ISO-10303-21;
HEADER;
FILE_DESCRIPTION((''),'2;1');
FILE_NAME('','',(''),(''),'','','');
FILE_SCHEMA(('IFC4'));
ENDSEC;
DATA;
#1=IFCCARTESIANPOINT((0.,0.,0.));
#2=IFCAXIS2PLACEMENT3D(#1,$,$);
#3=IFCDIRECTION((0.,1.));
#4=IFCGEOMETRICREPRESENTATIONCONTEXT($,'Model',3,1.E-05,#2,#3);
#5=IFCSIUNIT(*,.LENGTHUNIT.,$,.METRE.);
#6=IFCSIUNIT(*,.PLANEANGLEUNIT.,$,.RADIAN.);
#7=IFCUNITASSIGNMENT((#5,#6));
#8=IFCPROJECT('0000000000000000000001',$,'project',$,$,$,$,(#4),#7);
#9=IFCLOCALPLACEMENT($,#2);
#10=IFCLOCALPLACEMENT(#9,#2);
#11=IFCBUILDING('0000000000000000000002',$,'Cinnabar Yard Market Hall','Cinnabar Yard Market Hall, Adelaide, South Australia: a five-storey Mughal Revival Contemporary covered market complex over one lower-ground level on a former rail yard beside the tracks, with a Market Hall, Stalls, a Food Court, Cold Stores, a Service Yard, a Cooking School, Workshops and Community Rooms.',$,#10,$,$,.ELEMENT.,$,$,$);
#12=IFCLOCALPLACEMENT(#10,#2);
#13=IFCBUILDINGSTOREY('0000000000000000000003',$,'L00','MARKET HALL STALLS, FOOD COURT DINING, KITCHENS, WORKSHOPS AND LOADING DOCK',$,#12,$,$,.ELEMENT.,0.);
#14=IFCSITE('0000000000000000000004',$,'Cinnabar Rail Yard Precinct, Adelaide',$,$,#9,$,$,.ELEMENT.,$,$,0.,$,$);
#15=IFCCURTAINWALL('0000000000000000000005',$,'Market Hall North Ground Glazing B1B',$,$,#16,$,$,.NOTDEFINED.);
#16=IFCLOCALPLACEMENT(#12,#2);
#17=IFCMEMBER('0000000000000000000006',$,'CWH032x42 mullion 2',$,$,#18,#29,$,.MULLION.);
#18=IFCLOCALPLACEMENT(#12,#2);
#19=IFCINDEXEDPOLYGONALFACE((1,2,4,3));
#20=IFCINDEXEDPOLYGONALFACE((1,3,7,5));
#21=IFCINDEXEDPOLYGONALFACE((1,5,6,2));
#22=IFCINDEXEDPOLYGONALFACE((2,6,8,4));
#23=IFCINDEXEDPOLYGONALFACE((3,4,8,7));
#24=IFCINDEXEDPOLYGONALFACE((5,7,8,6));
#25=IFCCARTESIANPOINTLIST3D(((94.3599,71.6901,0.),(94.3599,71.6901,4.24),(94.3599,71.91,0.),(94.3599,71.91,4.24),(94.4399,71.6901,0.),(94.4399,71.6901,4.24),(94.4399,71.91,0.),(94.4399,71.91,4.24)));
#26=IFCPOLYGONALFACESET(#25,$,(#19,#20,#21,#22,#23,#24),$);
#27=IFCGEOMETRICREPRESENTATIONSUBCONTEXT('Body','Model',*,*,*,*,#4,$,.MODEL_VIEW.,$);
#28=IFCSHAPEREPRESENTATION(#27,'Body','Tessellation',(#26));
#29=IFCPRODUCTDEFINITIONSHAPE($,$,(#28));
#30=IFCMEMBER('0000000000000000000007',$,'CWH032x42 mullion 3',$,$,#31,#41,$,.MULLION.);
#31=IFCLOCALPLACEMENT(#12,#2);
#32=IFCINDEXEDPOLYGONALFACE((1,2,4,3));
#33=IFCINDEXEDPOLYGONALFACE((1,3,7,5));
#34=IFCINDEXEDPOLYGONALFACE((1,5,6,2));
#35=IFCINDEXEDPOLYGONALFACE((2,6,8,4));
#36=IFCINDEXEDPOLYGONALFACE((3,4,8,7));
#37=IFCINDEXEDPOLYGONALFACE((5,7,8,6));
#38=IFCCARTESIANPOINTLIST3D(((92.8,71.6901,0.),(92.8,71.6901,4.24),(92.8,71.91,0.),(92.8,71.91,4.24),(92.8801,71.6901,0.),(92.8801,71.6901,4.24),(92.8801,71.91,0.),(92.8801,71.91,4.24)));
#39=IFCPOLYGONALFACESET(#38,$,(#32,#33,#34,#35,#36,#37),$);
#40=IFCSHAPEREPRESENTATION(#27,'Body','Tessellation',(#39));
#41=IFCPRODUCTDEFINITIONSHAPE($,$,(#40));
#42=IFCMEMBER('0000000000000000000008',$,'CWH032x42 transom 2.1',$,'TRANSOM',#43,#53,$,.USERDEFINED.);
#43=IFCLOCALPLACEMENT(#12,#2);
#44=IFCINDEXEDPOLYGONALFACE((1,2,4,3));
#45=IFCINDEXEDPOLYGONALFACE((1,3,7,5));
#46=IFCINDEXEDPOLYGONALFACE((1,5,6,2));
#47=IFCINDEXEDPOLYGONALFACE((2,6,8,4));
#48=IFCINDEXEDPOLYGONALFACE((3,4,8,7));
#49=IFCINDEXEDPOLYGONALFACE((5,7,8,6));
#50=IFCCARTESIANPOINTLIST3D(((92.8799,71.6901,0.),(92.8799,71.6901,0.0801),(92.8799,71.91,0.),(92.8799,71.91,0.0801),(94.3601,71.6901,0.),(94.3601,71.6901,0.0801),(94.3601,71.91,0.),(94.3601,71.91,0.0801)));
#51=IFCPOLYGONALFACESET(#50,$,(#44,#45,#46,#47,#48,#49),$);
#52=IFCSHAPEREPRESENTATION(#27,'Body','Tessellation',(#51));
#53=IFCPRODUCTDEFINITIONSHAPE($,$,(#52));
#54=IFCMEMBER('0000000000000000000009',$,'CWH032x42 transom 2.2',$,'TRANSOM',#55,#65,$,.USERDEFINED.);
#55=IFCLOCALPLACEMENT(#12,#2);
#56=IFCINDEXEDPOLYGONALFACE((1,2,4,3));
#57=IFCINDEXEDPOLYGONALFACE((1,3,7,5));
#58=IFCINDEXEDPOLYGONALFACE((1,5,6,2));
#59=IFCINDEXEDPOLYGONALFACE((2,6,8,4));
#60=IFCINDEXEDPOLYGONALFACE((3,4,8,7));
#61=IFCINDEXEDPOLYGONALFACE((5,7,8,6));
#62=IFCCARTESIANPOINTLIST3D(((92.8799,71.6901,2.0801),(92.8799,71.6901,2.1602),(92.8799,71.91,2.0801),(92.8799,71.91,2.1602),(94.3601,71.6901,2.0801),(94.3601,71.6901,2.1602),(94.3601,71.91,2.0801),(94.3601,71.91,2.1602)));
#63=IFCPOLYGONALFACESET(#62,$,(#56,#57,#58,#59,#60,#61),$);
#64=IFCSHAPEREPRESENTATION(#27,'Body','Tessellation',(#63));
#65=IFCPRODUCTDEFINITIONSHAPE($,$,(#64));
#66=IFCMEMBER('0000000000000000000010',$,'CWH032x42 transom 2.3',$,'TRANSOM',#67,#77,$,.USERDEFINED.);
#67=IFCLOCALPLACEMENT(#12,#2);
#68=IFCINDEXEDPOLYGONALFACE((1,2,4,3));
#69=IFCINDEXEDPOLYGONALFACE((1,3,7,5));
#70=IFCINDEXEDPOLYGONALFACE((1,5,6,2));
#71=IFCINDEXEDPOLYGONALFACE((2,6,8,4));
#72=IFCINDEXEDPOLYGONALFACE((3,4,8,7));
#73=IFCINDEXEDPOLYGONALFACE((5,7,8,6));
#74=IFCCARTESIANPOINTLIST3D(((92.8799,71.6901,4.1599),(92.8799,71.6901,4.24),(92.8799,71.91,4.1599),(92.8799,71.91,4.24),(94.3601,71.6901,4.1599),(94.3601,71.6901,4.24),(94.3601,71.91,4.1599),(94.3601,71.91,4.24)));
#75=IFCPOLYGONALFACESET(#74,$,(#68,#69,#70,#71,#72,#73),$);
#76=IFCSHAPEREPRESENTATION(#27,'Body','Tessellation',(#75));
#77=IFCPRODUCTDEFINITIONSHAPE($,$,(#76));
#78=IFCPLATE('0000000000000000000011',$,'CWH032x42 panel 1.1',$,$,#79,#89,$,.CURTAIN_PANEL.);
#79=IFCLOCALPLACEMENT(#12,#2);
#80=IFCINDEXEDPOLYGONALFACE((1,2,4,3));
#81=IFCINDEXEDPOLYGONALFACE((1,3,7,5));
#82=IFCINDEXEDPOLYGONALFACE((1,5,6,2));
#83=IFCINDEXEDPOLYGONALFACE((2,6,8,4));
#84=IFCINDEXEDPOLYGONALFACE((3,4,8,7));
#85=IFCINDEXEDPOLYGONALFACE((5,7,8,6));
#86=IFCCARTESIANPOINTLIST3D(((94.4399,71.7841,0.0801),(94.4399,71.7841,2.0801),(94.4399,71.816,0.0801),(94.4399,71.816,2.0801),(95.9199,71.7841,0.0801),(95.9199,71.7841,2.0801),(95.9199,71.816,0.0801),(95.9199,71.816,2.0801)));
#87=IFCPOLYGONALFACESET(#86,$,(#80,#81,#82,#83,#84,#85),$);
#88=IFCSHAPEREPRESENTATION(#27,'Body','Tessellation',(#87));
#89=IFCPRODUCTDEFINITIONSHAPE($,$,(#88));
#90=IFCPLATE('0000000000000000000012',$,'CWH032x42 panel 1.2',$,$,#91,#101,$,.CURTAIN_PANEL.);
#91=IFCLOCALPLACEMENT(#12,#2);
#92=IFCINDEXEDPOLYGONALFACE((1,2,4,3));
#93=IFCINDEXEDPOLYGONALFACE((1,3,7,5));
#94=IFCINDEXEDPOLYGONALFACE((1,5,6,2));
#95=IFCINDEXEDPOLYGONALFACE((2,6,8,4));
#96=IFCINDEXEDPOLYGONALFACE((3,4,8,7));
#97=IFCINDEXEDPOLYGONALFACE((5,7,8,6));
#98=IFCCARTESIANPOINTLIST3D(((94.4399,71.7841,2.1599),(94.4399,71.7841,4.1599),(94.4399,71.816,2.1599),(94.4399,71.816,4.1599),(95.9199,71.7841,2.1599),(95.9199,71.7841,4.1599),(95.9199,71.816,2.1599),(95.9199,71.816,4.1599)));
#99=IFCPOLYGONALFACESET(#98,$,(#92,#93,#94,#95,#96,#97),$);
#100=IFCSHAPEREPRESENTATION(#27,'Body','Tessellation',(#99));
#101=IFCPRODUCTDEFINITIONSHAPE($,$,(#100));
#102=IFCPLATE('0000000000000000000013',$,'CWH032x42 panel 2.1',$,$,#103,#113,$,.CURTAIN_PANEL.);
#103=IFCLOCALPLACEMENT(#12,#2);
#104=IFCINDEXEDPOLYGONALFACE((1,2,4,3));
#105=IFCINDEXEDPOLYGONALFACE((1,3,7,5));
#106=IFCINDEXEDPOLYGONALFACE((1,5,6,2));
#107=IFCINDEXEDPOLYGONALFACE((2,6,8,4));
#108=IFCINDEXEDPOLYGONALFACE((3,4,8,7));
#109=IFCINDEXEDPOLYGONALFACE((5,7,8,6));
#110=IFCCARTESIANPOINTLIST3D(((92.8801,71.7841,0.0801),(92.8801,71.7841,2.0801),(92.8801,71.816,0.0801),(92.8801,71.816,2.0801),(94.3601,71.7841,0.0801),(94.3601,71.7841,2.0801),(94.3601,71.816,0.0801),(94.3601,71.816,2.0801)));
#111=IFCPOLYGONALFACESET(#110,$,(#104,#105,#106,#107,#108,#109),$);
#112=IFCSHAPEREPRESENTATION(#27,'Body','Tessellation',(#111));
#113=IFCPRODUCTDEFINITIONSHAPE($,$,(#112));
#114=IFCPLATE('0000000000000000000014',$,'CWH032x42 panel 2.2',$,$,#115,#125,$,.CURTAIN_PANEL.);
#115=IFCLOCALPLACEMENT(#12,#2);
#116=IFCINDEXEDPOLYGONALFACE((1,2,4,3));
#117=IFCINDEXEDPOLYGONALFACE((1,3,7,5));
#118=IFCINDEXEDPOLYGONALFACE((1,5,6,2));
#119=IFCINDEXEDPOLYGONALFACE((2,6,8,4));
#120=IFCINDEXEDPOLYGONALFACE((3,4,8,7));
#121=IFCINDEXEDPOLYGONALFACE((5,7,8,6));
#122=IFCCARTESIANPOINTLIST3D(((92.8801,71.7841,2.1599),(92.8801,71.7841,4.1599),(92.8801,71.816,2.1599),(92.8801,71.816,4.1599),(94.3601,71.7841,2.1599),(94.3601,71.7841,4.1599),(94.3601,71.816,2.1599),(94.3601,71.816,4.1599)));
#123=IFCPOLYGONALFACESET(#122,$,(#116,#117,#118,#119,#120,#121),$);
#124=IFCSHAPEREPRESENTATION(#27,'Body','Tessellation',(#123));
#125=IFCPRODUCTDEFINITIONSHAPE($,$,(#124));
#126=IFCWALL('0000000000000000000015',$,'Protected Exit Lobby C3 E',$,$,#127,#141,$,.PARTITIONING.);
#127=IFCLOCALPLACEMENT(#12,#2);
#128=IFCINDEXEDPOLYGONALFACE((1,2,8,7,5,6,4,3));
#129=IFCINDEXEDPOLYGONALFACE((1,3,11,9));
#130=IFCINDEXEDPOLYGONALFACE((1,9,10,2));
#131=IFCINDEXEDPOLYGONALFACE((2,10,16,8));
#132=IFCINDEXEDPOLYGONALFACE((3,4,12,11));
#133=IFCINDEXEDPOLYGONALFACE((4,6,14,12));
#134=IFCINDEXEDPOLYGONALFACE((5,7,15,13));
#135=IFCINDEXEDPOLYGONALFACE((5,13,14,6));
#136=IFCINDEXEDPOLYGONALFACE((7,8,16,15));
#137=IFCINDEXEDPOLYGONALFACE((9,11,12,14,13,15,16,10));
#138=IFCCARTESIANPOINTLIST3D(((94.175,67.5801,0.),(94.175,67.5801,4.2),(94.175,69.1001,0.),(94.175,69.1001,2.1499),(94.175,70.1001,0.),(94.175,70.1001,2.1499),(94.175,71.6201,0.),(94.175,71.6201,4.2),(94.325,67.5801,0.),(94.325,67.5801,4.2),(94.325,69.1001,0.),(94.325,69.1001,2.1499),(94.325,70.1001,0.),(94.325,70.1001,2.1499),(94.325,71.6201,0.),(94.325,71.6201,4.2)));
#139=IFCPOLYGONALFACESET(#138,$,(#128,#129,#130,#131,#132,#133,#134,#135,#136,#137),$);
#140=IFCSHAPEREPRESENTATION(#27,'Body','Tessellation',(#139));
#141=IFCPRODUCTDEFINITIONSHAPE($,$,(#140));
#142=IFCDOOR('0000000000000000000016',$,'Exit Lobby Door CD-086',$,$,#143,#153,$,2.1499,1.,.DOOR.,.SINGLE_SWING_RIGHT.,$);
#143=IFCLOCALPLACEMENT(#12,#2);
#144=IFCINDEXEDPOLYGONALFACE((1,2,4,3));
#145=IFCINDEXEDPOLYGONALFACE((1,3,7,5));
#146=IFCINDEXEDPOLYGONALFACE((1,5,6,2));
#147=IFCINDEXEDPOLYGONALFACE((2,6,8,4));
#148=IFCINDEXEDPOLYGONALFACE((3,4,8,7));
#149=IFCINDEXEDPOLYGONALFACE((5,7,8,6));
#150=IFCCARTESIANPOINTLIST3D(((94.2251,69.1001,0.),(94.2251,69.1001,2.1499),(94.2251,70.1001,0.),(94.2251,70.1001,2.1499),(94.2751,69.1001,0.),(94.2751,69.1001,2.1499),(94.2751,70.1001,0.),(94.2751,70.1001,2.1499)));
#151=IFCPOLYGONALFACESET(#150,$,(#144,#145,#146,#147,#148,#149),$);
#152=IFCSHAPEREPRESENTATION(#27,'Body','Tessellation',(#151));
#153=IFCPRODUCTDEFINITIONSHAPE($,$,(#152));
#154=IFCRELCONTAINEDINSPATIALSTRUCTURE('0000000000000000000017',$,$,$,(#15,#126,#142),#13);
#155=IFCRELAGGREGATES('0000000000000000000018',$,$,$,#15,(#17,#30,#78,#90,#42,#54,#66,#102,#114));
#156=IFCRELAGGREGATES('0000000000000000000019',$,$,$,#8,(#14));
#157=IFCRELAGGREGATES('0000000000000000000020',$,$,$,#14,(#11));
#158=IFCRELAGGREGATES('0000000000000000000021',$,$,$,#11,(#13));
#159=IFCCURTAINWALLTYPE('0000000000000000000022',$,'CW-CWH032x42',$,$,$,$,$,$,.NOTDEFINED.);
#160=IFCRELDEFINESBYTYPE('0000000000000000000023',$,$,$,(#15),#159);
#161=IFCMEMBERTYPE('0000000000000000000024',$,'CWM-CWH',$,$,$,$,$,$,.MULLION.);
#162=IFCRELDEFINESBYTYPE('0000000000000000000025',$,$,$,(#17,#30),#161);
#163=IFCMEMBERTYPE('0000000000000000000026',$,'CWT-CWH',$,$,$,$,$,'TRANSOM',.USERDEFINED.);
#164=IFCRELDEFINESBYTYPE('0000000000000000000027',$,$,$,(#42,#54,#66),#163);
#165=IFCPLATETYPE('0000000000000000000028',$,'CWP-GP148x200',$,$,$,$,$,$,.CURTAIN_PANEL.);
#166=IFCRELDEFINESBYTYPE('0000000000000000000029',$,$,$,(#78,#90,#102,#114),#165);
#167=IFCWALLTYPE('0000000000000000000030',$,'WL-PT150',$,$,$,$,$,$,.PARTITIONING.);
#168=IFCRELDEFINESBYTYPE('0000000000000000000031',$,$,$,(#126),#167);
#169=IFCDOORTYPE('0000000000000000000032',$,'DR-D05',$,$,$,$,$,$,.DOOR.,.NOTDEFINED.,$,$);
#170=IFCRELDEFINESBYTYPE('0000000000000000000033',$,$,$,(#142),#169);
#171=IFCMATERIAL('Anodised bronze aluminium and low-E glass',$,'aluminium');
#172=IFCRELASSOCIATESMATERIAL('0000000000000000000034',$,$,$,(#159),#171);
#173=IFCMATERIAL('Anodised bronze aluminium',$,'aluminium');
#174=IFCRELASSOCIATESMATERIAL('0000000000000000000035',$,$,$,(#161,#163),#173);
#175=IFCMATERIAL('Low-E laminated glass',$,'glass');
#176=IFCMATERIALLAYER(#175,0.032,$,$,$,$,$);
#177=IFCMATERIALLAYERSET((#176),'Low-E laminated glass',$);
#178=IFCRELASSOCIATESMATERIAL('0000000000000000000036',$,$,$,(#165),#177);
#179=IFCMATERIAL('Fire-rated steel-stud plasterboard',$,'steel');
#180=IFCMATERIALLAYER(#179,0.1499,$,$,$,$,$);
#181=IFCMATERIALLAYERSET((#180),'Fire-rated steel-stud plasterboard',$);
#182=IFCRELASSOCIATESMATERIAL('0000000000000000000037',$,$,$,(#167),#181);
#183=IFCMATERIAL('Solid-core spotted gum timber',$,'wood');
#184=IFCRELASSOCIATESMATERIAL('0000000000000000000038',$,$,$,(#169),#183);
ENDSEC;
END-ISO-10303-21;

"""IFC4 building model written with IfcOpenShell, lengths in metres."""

from ifc_helpers import new_model, si_unit, direction, frame, frame_2d, origin, origin_2d_with_axis, place, context, subcontext, project, spatial, rectangle, extrude, material, layer, layer_set, material_profile, profile_set, type_object, element, fill, aggregate, save


model = new_model("IFC4")

# Units and contexts
model_context = context("Model", 3, precision=1e-05, world=origin(), true_north=direction((0.0, 1.0)))
body_context = subcontext(model_context, "Body", "Model", "MODEL_VIEW")
ifc_project = project(units=[si_unit("LENGTHUNIT", "METRE"), si_unit("PLANEANGLEUNIT", "RADIAN")], contexts=[model_context])

# Site, building, storey
site_placement = place(None, origin())
site = spatial("IfcSite", under=ifc_project, at=site_placement, Name="Cinnabar Rail Yard Precinct, Adelaide", CompositionType="ELEMENT", RefElevation=0.0)
building_placement = place(site_placement, origin())
building = spatial("IfcBuilding", under=site, at=building_placement, Name="Cinnabar Yard Market Hall", Description="Cinnabar Yard Market Hall, Adelaide, South Australia: a five-storey Mughal Revival Contemporary covered market complex over one lower-ground level on a former rail yard beside the tracks, with a Market Hall, Stalls, a Food Court, Cold Stores, a Service Yard, a Cooking School, Workshops and Community Rooms.", CompositionType="ELEMENT")
storey_placement = place(building_placement, origin())
storey = spatial("IfcBuildingStorey", under=building, at=storey_placement, Name="L00", Description="MARKET HALL STALLS, FOOD COURT DINING, KITCHENS, WORKSHOPS AND LOADING DOCK", CompositionType="ELEMENT", Elevation=0.0)

# Curtain wall, members, plates
ifc_material_1 = material(Name="Anodised bronze aluminium and low-E glass", Category="aluminium")
curtain_wall_type = type_object("IfcCurtainWallType", Name="CW-CWH032x42", PredefinedType="NOTDEFINED", material=ifc_material_1)
curtain_wall_placement = place(storey_placement, origin())
curtain_wall = element("IfcCurtainWall", 1, at=curtain_wall_placement, inside=storey, type_object=curtain_wall_type, Name="Market Hall North Ground Glazing B1B", PredefinedType="NOTDEFINED")
ifc_material_2 = material(Name="Anodised bronze aluminium", Category="aluminium")
ifc_material_profile_1 = material_profile(ifc_material_2, rectangle(XDim=0.22, YDim=0.0801, at=origin_2d_with_axis()), Name="MUL-CWH")
ifc_profile_set_1 = profile_set([ifc_material_profile_1], Name="Anodised bronze aluminium")
member_type_1 = type_object("IfcMemberType", Name="CWM-CWH", PredefinedType="MULLION", material=ifc_profile_set_1)
member_1_placement = place(storey_placement, frame((94.3999, 71.8, 0.0), z_axis=(0.0, 0.0, 1.0), x_axis=(0.0, -1.0, 0.0)))
member_1 = element("IfcMember", 2, at=member_1_placement, type_object=member_type_1, Name="CWH032x42 mullion 2", PredefinedType="MULLION", context=body_context, shape_type="SweptSolid", body=[
    extrude(rectangle(XDim=0.22, YDim=0.0801, at=origin_2d_with_axis()), origin(), (0.0, 0.0, 1.0), 4.24),
])
member_2_placement = place(storey_placement, frame((92.8401, 71.8, 0.0), z_axis=(0.0, 0.0, 1.0), x_axis=(0.0, -1.0, 0.0)))
member_2 = element("IfcMember", 3, at=member_2_placement, type_object=member_type_1, Name="CWH032x42 mullion 3", PredefinedType="MULLION", context=body_context, shape_type="SweptSolid", body=[
    extrude(rectangle(XDim=0.22, YDim=0.0801, at=origin_2d_with_axis()), origin(), (0.0, 0.0, 1.0), 4.24),
])
ifc_material_profile_2 = material_profile(ifc_material_2, rectangle(XDim=0.22, YDim=0.0801, at=origin_2d_with_axis()), Name="TRN-CWH")
ifc_profile_set_2 = profile_set([ifc_material_profile_2], Name="Anodised bronze aluminium")
member_type_2 = type_object("IfcMemberType", Name="CWT-CWH", ElementType="TRANSOM", PredefinedType="USERDEFINED", material=ifc_profile_set_2)
member_3_placement = place(storey_placement, frame((94.3601, 71.8, 0.04), z_axis=(-1.0, 0.0, 0.0), x_axis=(0.0, -1.0, 0.0)))
member_3 = element("IfcMember", 4, at=member_3_placement, type_object=member_type_2, Name="CWH032x42 transom 2.1", ObjectType="TRANSOM", PredefinedType="USERDEFINED", context=body_context, shape_type="SweptSolid", body=[
    extrude(rectangle(XDim=0.22, YDim=0.0801, at=origin_2d_with_axis()), origin(), (0.0, 0.0, 1.0), 1.4802),
])
member_4_placement = place(storey_placement, frame((94.3601, 71.8, 2.1201), z_axis=(-1.0, 0.0, 0.0), x_axis=(0.0, -1.0, 0.0)))
member_4 = element("IfcMember", 5, at=member_4_placement, type_object=member_type_2, Name="CWH032x42 transom 2.2", ObjectType="TRANSOM", PredefinedType="USERDEFINED", context=body_context, shape_type="SweptSolid", body=[
    extrude(rectangle(XDim=0.22, YDim=0.0801, at=origin_2d_with_axis()), origin(), (0.0, 0.0, 1.0), 1.4802),
])
member_5_placement = place(storey_placement, frame((94.3601, 71.8, 4.2), z_axis=(-1.0, 0.0, 0.0), x_axis=(0.0, -1.0, 0.0)))
member_5 = element("IfcMember", 6, at=member_5_placement, type_object=member_type_2, Name="CWH032x42 transom 2.3", ObjectType="TRANSOM", PredefinedType="USERDEFINED", context=body_context, shape_type="SweptSolid", body=[
    extrude(rectangle(XDim=0.22, YDim=0.0801, at=origin_2d_with_axis()), origin(), (0.0, 0.0, 1.0), 1.4802),
])
ifc_material_3 = material(Name="Low-E laminated glass", Category="glass")
ifc_layer_1 = layer(ifc_material_3, 0.032)
ifc_layer_set_1 = layer_set([ifc_layer_1], Name="Low-E laminated glass")
plate_type = type_object("IfcPlateType", Name="CWP-GP148x200", PredefinedType="CURTAIN_PANEL", material=ifc_layer_set_1)
plate_1_placement = place(storey_placement, frame((95.1799, 71.8, 0.0801), z_axis=(0.0, 0.0, 1.0), x_axis=(-1.0, 0.0, 0.0)))
plate_1 = element("IfcPlate", 7, at=plate_1_placement, type_object=plate_type, Name="CWH032x42 panel 1.1", PredefinedType="CURTAIN_PANEL", context=body_context, shape_type="SweptSolid", body=[
    extrude(rectangle(XDim=1.48, YDim=0.032, at=origin_2d_with_axis()), origin(), (0.0, 0.0, 1.0), 2.0),
])
plate_2_placement = place(storey_placement, frame((95.1799, 71.8, 2.1599), z_axis=(0.0, 0.0, 1.0), x_axis=(-1.0, 0.0, 0.0)))
plate_2 = element("IfcPlate", 8, at=plate_2_placement, type_object=plate_type, Name="CWH032x42 panel 1.2", PredefinedType="CURTAIN_PANEL", context=body_context, shape_type="SweptSolid", body=[
    extrude(rectangle(XDim=1.48, YDim=0.032, at=origin_2d_with_axis()), origin(), (0.0, 0.0, 1.0), 2.0),
])
plate_3_placement = place(storey_placement, frame((93.6201, 71.8, 0.0801), z_axis=(0.0, 0.0, 1.0), x_axis=(-1.0, 0.0, 0.0)))
plate_3 = element("IfcPlate", 9, at=plate_3_placement, type_object=plate_type, Name="CWH032x42 panel 2.1", PredefinedType="CURTAIN_PANEL", context=body_context, shape_type="SweptSolid", body=[
    extrude(rectangle(XDim=1.48, YDim=0.032, at=origin_2d_with_axis()), origin(), (0.0, 0.0, 1.0), 2.0),
])
plate_4_placement = place(storey_placement, frame((93.6201, 71.8, 2.1599), z_axis=(0.0, 0.0, 1.0), x_axis=(-1.0, 0.0, 0.0)))
plate_4 = element("IfcPlate", 10, at=plate_4_placement, type_object=plate_type, Name="CWH032x42 panel 2.2", PredefinedType="CURTAIN_PANEL", context=body_context, shape_type="SweptSolid", body=[
    extrude(rectangle(XDim=1.48, YDim=0.032, at=origin_2d_with_axis()), origin(), (0.0, 0.0, 1.0), 2.0),
])
aggregate(curtain_wall, [member_1, member_2, plate_1, plate_2, member_3, member_4, member_5, plate_3, plate_4])

# Wall, opening, door
ifc_material_4 = material(Name="Fire-rated steel-stud plasterboard", Category="steel")
ifc_layer_2 = layer(ifc_material_4, 0.1499)
ifc_layer_set_2 = layer_set([ifc_layer_2], Name="Fire-rated steel-stud plasterboard")
wall_type_1 = type_object("IfcWallType", Name="WL-PT150", PredefinedType="PARTITIONING", material=ifc_layer_set_2)
wall_1_placement = place(storey_placement, frame((94.25, 67.5801, 0.0), z_axis=(0.0, 0.0, 1.0), x_axis=(0.0, 1.0, 0.0)))
wall_1 = element("IfcWall", 11, at=wall_1_placement, inside=storey, type_object=wall_type_1, Name="Protected Exit Lobby C3 E", PredefinedType="PARTITIONING", context=body_context, shape_type="SweptSolid", body=[
    extrude(rectangle(XDim=4.04, YDim=0.1499, at=frame_2d((2.02, 0.0), x_axis=(1.0, 0.0))), origin(), (0.0, 0.0, 1.0), 4.2),
])
opening_1_placement = place(wall_1_placement, frame((1.52, 0.0, 0.0)))
opening_1 = element("IfcOpeningElement", 12, at=opening_1_placement, cuts=wall_1, PredefinedType="OPENING", context=body_context, shape_type="SweptSolid", body=[
    extrude(rectangle(XDim=1.0, YDim=2.1499, at=frame_2d((0.5, 1.075), x_axis=(1.0, 0.0))), frame((0.0, 0.085, 0.0), z_axis=(0.0, -1.0, 0.0), x_axis=(1.0, 0.0, 0.0)), (0.0, 0.0, 1.0), 0.1699),
])
ifc_material_5 = material(Name="Solid-core spotted gum timber", Category="wood")
door_type_1 = type_object("IfcDoorType", Name="DR-D05", OperationType="NOTDEFINED", PredefinedType="DOOR", material=ifc_material_5)
door_1_placement = place(opening_1_placement, origin())
door_1 = element("IfcDoor", 13, at=door_1_placement, inside=storey, type_object=door_type_1, Name="Exit Lobby Door CD-086", OperationType="SINGLE_SWING_RIGHT", OverallHeight=2.1499, OverallWidth=1.0, PredefinedType="DOOR", context=body_context, shape_type="SweptSolid", body=[
    extrude(rectangle(XDim=1.0, YDim=2.1499, at=frame_2d((0.5, 1.075), x_axis=(1.0, 0.0))), frame((0.0, 0.0249, 0.0), z_axis=(0.0, -1.0, 0.0), x_axis=(1.0, 0.0, 0.0)), (0.0, 0.0, 1.0), 0.05),
])
fill(opening_1, door_1)

save(model, "model.ifc")
